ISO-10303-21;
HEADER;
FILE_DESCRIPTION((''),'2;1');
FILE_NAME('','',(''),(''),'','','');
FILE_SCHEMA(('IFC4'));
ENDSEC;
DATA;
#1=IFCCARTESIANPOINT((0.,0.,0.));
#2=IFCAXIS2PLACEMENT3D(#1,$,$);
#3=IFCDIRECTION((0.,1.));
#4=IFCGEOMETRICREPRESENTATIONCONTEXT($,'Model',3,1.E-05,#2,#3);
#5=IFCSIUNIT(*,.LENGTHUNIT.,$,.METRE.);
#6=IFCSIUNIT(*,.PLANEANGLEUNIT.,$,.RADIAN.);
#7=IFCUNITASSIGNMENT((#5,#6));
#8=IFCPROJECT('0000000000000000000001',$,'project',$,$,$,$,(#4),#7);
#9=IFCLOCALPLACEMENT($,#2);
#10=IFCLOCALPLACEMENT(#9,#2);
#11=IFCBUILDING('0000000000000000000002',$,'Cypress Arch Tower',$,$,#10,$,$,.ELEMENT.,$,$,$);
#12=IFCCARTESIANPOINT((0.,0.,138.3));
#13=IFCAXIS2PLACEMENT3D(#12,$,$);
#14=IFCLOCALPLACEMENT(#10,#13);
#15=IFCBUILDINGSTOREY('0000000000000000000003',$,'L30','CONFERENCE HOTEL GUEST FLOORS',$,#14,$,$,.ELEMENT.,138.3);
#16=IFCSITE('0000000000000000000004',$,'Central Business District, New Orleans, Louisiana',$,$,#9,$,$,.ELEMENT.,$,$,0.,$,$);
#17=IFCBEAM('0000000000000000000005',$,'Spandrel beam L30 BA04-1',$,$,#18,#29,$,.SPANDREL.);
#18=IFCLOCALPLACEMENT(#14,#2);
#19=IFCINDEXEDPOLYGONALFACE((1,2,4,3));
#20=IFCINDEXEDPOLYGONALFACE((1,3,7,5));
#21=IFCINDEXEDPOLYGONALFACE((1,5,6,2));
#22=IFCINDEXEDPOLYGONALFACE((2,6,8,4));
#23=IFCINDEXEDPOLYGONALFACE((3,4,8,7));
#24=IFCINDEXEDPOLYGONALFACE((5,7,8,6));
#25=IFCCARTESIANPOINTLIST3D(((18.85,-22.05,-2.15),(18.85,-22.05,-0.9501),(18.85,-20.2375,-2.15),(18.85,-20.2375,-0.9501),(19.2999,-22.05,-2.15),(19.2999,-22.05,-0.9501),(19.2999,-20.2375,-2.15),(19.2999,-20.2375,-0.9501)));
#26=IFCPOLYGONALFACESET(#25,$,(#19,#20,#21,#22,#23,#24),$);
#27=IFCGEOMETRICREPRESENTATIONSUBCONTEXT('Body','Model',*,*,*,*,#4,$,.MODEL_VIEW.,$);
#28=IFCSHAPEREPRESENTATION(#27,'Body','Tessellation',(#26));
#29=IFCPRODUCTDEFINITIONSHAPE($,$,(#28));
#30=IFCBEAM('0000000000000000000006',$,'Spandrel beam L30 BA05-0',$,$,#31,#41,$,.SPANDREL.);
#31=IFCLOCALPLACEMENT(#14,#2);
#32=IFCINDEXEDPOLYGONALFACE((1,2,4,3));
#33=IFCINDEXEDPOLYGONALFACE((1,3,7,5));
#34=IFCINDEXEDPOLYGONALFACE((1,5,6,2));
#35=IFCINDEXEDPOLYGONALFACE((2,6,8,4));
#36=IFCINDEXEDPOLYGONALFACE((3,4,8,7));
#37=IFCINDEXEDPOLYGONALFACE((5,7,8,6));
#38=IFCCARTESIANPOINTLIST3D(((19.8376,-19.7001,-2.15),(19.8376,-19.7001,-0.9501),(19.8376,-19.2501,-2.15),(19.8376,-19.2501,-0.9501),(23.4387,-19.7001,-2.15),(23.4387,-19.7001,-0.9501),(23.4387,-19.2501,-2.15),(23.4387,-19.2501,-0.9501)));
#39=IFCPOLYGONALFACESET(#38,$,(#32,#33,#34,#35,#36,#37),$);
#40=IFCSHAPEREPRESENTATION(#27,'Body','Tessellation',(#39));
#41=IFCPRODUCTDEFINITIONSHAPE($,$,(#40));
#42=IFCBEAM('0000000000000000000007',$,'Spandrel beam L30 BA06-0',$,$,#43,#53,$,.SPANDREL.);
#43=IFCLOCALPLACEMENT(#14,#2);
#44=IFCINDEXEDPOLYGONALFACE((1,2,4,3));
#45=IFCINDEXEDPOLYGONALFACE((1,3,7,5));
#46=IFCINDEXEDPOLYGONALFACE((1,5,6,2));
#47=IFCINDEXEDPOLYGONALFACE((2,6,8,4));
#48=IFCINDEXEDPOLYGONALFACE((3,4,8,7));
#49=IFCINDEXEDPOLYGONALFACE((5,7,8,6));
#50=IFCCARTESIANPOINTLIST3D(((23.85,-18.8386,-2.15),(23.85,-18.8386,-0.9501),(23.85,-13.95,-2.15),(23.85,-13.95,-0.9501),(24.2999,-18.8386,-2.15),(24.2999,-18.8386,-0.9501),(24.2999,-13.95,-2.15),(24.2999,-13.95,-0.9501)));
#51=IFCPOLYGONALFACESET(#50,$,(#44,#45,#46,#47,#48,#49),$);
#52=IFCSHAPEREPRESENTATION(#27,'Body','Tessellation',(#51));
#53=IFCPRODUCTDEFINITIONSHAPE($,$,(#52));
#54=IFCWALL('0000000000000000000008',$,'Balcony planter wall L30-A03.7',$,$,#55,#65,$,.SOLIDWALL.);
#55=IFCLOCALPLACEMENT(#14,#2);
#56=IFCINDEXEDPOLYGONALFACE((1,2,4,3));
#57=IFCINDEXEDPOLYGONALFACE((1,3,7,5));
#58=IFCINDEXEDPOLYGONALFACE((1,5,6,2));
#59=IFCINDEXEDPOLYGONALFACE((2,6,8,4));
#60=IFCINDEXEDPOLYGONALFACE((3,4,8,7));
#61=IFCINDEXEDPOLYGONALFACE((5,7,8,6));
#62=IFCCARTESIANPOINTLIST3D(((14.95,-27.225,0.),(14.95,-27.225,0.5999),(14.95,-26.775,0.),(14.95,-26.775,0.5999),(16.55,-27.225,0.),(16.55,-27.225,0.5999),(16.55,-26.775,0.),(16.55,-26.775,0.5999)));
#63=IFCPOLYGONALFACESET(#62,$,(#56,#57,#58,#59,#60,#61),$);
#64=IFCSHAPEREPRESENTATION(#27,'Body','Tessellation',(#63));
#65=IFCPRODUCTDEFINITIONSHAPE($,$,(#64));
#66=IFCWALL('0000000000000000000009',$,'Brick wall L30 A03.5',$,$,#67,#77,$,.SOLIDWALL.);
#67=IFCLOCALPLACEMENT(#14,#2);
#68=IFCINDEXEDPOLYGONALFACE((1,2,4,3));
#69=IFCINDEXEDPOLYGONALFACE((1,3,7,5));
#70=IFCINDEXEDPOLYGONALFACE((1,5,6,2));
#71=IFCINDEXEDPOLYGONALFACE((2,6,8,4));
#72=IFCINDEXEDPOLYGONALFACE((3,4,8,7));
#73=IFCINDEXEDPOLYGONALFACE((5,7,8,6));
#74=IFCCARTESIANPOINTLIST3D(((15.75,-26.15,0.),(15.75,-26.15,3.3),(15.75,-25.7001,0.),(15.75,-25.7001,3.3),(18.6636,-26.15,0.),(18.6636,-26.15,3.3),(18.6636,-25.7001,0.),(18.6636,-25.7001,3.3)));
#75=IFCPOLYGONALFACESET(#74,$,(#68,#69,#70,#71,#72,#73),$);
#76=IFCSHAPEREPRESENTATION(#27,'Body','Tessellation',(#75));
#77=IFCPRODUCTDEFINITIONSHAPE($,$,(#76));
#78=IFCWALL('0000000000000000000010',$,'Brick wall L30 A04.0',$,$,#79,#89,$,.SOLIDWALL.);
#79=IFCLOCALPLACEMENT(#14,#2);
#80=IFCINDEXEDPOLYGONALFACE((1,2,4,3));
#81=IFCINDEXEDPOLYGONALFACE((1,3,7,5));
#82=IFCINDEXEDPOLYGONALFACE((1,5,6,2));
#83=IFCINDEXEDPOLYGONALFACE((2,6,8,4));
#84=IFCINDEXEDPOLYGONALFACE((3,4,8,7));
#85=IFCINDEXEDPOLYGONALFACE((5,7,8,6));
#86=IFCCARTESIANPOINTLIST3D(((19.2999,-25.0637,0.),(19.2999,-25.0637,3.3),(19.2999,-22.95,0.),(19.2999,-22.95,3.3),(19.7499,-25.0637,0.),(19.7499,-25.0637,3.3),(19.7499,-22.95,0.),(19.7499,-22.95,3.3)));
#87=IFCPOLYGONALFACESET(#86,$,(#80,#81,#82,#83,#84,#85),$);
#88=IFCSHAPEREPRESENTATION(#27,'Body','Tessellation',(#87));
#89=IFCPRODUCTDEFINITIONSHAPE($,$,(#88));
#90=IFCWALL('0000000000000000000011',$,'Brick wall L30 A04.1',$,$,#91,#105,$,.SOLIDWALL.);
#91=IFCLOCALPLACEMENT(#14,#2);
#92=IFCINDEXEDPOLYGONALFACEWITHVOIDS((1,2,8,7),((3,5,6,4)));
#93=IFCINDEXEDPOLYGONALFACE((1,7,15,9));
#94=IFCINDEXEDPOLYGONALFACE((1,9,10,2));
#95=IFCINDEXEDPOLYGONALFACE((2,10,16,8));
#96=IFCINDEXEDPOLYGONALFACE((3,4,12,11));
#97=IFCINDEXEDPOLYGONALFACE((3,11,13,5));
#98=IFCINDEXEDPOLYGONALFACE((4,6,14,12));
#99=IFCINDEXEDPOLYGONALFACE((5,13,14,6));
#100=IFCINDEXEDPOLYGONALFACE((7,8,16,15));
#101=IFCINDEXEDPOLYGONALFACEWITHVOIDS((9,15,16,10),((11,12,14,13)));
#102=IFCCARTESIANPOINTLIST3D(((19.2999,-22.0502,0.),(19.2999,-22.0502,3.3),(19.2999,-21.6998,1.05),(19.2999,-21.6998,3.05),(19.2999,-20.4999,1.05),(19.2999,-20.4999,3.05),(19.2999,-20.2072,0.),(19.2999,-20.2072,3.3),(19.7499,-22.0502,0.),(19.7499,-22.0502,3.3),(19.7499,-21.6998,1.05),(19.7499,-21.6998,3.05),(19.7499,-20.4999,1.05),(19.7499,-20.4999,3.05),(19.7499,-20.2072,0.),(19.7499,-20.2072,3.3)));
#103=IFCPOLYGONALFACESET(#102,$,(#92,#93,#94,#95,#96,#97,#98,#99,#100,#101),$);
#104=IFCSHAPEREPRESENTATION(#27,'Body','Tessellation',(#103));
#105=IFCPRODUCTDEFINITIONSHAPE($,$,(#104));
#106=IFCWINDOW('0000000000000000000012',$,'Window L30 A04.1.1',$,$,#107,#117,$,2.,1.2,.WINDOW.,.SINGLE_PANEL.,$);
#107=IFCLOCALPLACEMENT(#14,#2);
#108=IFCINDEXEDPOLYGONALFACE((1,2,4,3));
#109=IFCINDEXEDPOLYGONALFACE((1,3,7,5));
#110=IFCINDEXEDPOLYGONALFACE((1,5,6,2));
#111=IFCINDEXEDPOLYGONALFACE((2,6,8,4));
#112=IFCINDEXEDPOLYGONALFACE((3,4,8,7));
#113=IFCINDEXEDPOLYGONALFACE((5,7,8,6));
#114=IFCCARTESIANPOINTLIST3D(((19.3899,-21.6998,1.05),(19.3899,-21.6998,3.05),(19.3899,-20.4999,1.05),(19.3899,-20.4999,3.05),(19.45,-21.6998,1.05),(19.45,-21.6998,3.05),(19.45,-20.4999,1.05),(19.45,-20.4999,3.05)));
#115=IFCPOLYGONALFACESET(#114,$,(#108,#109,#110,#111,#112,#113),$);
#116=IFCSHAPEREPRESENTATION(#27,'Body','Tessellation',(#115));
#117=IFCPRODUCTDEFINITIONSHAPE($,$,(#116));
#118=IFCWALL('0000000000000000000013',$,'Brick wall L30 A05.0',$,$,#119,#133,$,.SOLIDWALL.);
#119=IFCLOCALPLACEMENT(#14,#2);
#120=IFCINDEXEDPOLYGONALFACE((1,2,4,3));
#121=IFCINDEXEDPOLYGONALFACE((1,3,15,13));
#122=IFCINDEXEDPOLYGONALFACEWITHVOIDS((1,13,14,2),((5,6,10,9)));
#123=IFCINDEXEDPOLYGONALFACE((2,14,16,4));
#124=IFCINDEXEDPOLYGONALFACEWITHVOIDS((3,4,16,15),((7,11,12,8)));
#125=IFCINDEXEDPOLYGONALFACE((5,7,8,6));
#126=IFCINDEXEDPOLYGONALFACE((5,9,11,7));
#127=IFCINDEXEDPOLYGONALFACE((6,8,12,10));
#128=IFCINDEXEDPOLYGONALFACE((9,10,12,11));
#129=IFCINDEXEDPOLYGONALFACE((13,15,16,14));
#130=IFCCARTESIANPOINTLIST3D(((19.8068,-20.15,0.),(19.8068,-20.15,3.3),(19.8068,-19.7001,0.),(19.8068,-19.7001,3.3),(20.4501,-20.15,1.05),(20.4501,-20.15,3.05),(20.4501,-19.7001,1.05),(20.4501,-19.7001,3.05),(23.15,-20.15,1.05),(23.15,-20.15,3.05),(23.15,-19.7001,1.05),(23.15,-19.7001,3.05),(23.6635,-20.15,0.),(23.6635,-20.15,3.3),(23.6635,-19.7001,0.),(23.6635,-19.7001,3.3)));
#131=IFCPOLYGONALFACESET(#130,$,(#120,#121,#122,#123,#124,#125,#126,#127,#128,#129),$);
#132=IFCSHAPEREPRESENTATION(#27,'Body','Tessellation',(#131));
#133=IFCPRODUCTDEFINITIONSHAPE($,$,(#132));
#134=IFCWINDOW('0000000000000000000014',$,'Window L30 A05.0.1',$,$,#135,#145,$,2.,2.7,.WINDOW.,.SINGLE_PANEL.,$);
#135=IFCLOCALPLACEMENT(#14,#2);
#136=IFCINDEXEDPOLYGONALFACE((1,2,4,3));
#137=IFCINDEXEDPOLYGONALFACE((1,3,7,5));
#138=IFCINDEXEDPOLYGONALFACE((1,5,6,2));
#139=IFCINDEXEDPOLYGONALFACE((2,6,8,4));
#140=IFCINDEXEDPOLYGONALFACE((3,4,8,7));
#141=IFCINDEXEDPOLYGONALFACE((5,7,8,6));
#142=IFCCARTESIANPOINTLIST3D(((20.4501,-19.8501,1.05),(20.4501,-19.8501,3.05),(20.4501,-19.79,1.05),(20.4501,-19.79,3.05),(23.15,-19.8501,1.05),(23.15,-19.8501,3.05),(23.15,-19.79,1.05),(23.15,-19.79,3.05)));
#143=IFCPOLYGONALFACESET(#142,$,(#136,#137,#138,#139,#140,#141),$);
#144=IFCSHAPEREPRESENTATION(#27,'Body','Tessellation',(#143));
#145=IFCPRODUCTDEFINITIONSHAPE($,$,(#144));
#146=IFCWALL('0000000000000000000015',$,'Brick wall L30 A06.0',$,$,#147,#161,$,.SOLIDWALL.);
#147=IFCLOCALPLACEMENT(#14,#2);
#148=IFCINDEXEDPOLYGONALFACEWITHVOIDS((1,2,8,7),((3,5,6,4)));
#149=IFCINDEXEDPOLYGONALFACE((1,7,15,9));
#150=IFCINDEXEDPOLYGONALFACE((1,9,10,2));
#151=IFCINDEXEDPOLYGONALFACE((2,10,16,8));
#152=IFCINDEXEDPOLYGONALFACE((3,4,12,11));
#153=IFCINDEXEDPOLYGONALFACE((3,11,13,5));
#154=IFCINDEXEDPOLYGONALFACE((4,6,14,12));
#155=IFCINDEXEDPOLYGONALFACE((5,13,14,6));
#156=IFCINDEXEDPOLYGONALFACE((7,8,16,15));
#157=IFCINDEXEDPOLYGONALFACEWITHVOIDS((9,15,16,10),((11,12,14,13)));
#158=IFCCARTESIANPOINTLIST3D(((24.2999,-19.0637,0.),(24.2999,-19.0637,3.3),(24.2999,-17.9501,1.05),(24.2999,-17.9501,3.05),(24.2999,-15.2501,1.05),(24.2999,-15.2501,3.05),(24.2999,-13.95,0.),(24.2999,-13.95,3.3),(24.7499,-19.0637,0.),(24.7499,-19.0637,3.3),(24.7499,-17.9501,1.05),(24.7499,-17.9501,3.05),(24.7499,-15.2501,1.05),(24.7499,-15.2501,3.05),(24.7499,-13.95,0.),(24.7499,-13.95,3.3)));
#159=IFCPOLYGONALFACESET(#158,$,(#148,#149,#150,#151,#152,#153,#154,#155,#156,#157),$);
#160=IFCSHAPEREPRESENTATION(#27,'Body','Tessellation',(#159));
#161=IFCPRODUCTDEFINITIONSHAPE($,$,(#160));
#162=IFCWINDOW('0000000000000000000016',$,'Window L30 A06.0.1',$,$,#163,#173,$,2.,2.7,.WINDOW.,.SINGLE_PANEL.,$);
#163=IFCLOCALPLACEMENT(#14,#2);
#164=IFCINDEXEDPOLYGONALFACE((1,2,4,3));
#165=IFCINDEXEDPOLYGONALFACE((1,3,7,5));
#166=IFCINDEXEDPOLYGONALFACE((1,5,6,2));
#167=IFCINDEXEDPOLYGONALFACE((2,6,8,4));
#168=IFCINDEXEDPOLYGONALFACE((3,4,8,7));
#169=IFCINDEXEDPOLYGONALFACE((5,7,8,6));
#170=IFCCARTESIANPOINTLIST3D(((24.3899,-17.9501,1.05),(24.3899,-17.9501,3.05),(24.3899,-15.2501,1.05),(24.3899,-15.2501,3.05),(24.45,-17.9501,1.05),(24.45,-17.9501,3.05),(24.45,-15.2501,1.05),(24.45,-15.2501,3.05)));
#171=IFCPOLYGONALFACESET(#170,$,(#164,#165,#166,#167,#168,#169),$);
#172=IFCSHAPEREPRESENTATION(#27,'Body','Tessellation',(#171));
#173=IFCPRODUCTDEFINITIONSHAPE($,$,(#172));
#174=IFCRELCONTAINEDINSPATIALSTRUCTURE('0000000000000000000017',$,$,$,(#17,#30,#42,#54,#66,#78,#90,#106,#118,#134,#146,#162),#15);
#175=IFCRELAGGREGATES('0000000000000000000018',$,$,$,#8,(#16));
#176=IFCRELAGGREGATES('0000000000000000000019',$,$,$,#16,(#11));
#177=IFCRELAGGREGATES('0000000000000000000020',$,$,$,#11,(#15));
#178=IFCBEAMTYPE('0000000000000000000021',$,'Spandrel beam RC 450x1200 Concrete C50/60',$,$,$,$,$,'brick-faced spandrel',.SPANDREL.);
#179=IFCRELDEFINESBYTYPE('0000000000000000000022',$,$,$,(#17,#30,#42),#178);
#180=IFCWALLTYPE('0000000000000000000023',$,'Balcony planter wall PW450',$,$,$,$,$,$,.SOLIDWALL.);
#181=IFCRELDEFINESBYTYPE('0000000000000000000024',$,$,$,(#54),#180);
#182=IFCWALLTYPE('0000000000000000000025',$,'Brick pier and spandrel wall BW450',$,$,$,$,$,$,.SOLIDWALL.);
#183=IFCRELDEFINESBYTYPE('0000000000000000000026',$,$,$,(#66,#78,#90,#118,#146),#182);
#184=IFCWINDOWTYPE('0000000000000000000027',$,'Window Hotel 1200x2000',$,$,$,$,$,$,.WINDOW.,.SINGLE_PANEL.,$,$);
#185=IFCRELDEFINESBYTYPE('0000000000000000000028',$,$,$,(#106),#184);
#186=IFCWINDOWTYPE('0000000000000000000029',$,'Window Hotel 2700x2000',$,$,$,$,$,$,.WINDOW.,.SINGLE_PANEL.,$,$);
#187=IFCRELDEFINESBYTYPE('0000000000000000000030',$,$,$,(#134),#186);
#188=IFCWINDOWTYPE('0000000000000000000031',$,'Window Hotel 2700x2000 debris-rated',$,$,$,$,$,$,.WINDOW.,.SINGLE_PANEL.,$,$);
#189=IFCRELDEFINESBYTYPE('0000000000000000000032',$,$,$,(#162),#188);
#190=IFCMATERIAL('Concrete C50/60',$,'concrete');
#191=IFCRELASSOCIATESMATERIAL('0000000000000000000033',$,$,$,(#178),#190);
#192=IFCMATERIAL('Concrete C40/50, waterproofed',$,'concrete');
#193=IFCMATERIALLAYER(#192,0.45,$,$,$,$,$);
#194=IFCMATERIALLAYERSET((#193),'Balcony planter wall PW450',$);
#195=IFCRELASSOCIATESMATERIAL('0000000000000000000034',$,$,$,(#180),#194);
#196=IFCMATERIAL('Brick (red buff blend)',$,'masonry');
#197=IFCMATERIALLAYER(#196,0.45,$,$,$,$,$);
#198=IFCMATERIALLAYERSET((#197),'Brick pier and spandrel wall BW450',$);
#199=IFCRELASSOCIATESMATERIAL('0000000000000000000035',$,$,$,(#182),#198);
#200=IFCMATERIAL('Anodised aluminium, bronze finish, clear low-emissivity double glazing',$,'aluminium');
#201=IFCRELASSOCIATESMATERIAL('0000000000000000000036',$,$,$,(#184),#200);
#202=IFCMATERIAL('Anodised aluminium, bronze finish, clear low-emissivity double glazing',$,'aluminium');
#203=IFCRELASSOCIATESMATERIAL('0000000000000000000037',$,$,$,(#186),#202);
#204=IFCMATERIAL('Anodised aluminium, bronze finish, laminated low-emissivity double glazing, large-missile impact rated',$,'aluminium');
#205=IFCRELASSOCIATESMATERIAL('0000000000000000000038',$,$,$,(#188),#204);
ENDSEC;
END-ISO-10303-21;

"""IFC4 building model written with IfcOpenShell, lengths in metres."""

from ifc_helpers import new_model, si_unit, direction, frame, frame_2d, origin, origin_2d, place, context, subcontext, project, spatial, rectangle, extrude, material, layer, layer_set, material_profile, profile_set, type_object, element, fill, save


model = new_model("IFC4")

# Units and contexts
model_context = context("Model", 3, precision=1e-05, world=origin(), true_north=direction((0.0, 1.0)))
body_context = subcontext(model_context, "Body", "Model", "MODEL_VIEW")
ifc_project = project(units=[si_unit("LENGTHUNIT", "METRE"), si_unit("PLANEANGLEUNIT", "RADIAN")], contexts=[model_context])

# Site, building, storey
site_placement = place(None, origin())
site = spatial("IfcSite", under=ifc_project, at=site_placement, Name="Central Business District, New Orleans, Louisiana", CompositionType="ELEMENT", RefElevation=0.0)
building_placement = place(site_placement, origin())
building = spatial("IfcBuilding", under=site, at=building_placement, Name="Cypress Arch Tower", CompositionType="ELEMENT")
storey_placement = place(building_placement, frame((0.0, 0.0, 138.3)))
storey = spatial("IfcBuildingStorey", under=building, at=storey_placement, Name="L30", Description="CONFERENCE HOTEL GUEST FLOORS", CompositionType="ELEMENT", Elevation=138.3)

# Beams
ifc_material_1 = material(Name="Concrete C50/60", Category="concrete")
ifc_material_profile_1 = material_profile(ifc_material_1, rectangle(XDim=0.45, YDim=1.2, at=origin_2d()), Name="RC 450x1200")
ifc_profile_set_1 = profile_set([ifc_material_profile_1], Name="Concrete C50/60")
beam_type_1 = type_object("IfcBeamType", Name="Spandrel beam RC 450x1200 Concrete C50/60", ElementType="brick-faced spandrel", PredefinedType="SPANDREL", material=ifc_profile_set_1)
beam_1_placement = place(storey_placement, frame((19.075, -22.05, -1.55), z_axis=(0.0, 1.0, 0.0), x_axis=(-1.0, 0.0, 0.0)))
element("IfcBeam", 1, at=beam_1_placement, inside=storey, type_object=beam_type_1, Name="Spandrel beam L30 BA04-1", PredefinedType="SPANDREL", context=body_context, shape_type="SweptSolid", body=[
    extrude(rectangle(XDim=0.45, YDim=1.2, at=origin_2d()), origin(), (0.0, 0.0, 1.0), 1.8125),
])
beam_2_placement = place(storey_placement, frame((19.8376, -19.4751, -1.55), z_axis=(1.0, 0.0, 0.0), x_axis=(0.0, 1.0, 0.0)))
element("IfcBeam", 2, at=beam_2_placement, inside=storey, type_object=beam_type_1, Name="Spandrel beam L30 BA05-0", PredefinedType="SPANDREL", context=body_context, shape_type="SweptSolid", body=[
    extrude(rectangle(XDim=0.45, YDim=1.2, at=origin_2d()), origin(), (0.0, 0.0, 1.0), 3.6011),
])
beam_3_placement = place(storey_placement, frame((24.075, -18.8386, -1.55), z_axis=(0.0, 1.0, 0.0), x_axis=(-1.0, 0.0, 0.0)))
element("IfcBeam", 3, at=beam_3_placement, inside=storey, type_object=beam_type_1, Name="Spandrel beam L30 BA06-0", PredefinedType="SPANDREL", context=body_context, shape_type="SweptSolid", body=[
    extrude(rectangle(XDim=0.45, YDim=1.2, at=origin_2d()), origin(), (0.0, 0.0, 1.0), 4.8887),
])

# Walls
ifc_material_2 = material(Name="Concrete C40/50, waterproofed", Category="concrete")
ifc_layer_1 = layer(ifc_material_2, 0.45)
ifc_layer_set_1 = layer_set([ifc_layer_1], Name="Balcony planter wall PW450")
wall_type_1 = type_object("IfcWallType", Name="Balcony planter wall PW450", PredefinedType="SOLIDWALL", material=ifc_layer_set_1)
wall_1_placement = place(storey_placement, frame((14.95, -27.0, 0.0), z_axis=(0.0, 0.0, 1.0), x_axis=(1.0, 0.0, 0.0)))
element("IfcWall", 4, at=wall_1_placement, inside=storey, type_object=wall_type_1, Name="Balcony planter wall L30-A03.7", PredefinedType="SOLIDWALL", context=body_context, shape_type="SweptSolid", body=[
    extrude(rectangle(XDim=1.6001, YDim=0.45, at=frame_2d((0.8, 0.0))), origin(), (0.0, 0.0, 1.0), 0.5999),
])
ifc_material_3 = material(Name="Brick (red buff blend)", Category="masonry")
ifc_layer_2 = layer(ifc_material_3, 0.45)
ifc_layer_set_2 = layer_set([ifc_layer_2], Name="Brick pier and spandrel wall BW450")
wall_type_2 = type_object("IfcWallType", Name="Brick pier and spandrel wall BW450", PredefinedType="SOLIDWALL", material=ifc_layer_set_2)
wall_2_placement = place(storey_placement, frame((15.75, -25.925, 0.0), z_axis=(0.0, 0.0, 1.0), x_axis=(1.0, 0.0, 0.0)))
element("IfcWall", 5, at=wall_2_placement, inside=storey, type_object=wall_type_2, Name="Brick wall L30 A03.5", PredefinedType="SOLIDWALL", context=body_context, shape_type="SweptSolid", body=[
    extrude(rectangle(XDim=2.9136, YDim=0.45, at=frame_2d((1.4568, 0.0))), origin(), (0.0, 0.0, 1.0), 3.3),
])
wall_3_placement = place(storey_placement, frame((19.5249, -25.0637, 0.0), z_axis=(0.0, 0.0, 1.0), x_axis=(0.0, 1.0, 0.0)))
element("IfcWall", 6, at=wall_3_placement, inside=storey, type_object=wall_type_2, Name="Brick wall L30 A04.0", PredefinedType="SOLIDWALL", context=body_context, shape_type="SweptSolid", body=[
    extrude(rectangle(XDim=2.1138, YDim=0.45, at=frame_2d((1.0569, 0.0))), origin(), (0.0, 0.0, 1.0), 3.3),
])

# Walls, openings, windows
wall_4_placement = place(storey_placement, frame((19.5249, -22.05, 0.0), z_axis=(0.0, 0.0, 1.0), x_axis=(0.0, 1.0, 0.0)))
wall_4 = element("IfcWall", 7, at=wall_4_placement, inside=storey, type_object=wall_type_2, Name="Brick wall L30 A04.1", PredefinedType="SOLIDWALL", context=body_context, shape_type="SweptSolid", body=[
    extrude(rectangle(XDim=1.843, YDim=0.45, at=frame_2d((0.9214, 0.0))), origin(), (0.0, 0.0, 1.0), 3.3),
])
opening_1_placement = place(wall_4_placement, frame((0.3501, 0.0, 1.05)))
opening_1 = element("IfcOpeningElement", 8, at=opening_1_placement, cuts=wall_4, PredefinedType="OPENING", context=body_context, shape_type="SweptSolid", body=[
    extrude(rectangle(XDim=1.2, YDim=2.0, at=frame_2d((0.6001, 1.0))), frame((0.0, 0.2349, 0.0), z_axis=(0.0, -1.0, 0.0), x_axis=(1.0, 0.0, 0.0)), (0.0, 0.0, 1.0), 0.47),
])
ifc_material_4 = material(Name="Anodised aluminium, bronze finish, clear low-emissivity double glazing", Category="aluminium")
window_type_1 = type_object("IfcWindowType", Name="Window Hotel 1200x2000", PartitioningType="SINGLE_PANEL", PredefinedType="WINDOW", material=ifc_material_4)
window_1_placement = place(opening_1_placement, origin())
window_1 = element("IfcWindow", 9, at=window_1_placement, inside=storey, type_object=window_type_1, Name="Window L30 A04.1.1", OverallHeight=2.0, OverallWidth=1.2, PartitioningType="SINGLE_PANEL", PredefinedType="WINDOW", context=body_context, shape_type="SweptSolid", body=[
    extrude(rectangle(XDim=1.2, YDim=2.0, at=frame_2d((0.6001, 1.0))), frame((0.0, 0.135, 0.0), z_axis=(0.0, -1.0, 0.0), x_axis=(1.0, 0.0, 0.0)), (0.0, 0.0, 1.0), 0.0601),
])
fill(opening_1, window_1)
wall_5_placement = place(storey_placement, frame((19.8069, -19.925, 0.0), z_axis=(0.0, 0.0, 1.0), x_axis=(1.0, 0.0, 0.0)))
wall_5 = element("IfcWall", 10, at=wall_5_placement, inside=storey, type_object=wall_type_2, Name="Brick wall L30 A05.0", PredefinedType="SOLIDWALL", context=body_context, shape_type="SweptSolid", body=[
    extrude(rectangle(XDim=3.8567, YDim=0.45, at=frame_2d((1.9282, 0.0))), origin(), (0.0, 0.0, 1.0), 3.3),
])
opening_2_placement = place(wall_5_placement, frame((0.6431, 0.0, 1.05)))
opening_2 = element("IfcOpeningElement", 11, at=opening_2_placement, cuts=wall_5, PredefinedType="OPENING", context=body_context, shape_type="SweptSolid", body=[
    extrude(rectangle(XDim=2.7, YDim=2.0, at=frame_2d((1.3501, 1.0))), frame((0.0, 0.2349, 0.0), z_axis=(0.0, -1.0, 0.0), x_axis=(1.0, 0.0, 0.0)), (0.0, 0.0, 1.0), 0.47),
])
ifc_material_5 = material(Name="Anodised aluminium, bronze finish, clear low-emissivity double glazing", Category="aluminium")
window_type_2 = type_object("IfcWindowType", Name="Window Hotel 2700x2000", PartitioningType="SINGLE_PANEL", PredefinedType="WINDOW", material=ifc_material_5)
window_2_placement = place(opening_2_placement, origin())
window_2 = element("IfcWindow", 12, at=window_2_placement, inside=storey, type_object=window_type_2, Name="Window L30 A05.0.1", OverallHeight=2.0, OverallWidth=2.7, PartitioningType="SINGLE_PANEL", PredefinedType="WINDOW", context=body_context, shape_type="SweptSolid", body=[
    extrude(rectangle(XDim=2.7, YDim=2.0, at=frame_2d((1.3501, 1.0))), frame((0.0, 0.135, 0.0), z_axis=(0.0, -1.0, 0.0), x_axis=(1.0, 0.0, 0.0)), (0.0, 0.0, 1.0), 0.0601),
])
fill(opening_2, window_2)
wall_6_placement = place(storey_placement, frame((24.5249, -19.0637, 0.0), z_axis=(0.0, 0.0, 1.0), x_axis=(0.0, 1.0, 0.0)))
wall_6 = element("IfcWall", 13, at=wall_6_placement, inside=storey, type_object=wall_type_2, Name="Brick wall L30 A06.0", PredefinedType="SOLIDWALL", context=body_context, shape_type="SweptSolid", body=[
    extrude(rectangle(XDim=5.1138, YDim=0.45, at=frame_2d((2.5569, 0.0))), origin(), (0.0, 0.0, 1.0), 3.3),
])
opening_3_placement = place(wall_6_placement, frame((1.1135, 0.0, 1.05)))
opening_3 = element("IfcOpeningElement", 14, at=opening_3_placement, cuts=wall_6, PredefinedType="OPENING", context=body_context, shape_type="SweptSolid", body=[
    extrude(rectangle(XDim=2.7, YDim=2.0, at=frame_2d((1.3501, 1.0))), frame((0.0, 0.2349, 0.0), z_axis=(0.0, -1.0, 0.0), x_axis=(1.0, 0.0, 0.0)), (0.0, 0.0, 1.0), 0.47),
])
ifc_material_6 = material(Name="Anodised aluminium, bronze finish, laminated low-emissivity double glazing, large-missile impact rated", Category="aluminium")
window_type_3 = type_object("IfcWindowType", Name="Window Hotel 2700x2000 debris-rated", PartitioningType="SINGLE_PANEL", PredefinedType="WINDOW", material=ifc_material_6)
window_3_placement = place(opening_3_placement, origin())
window_3 = element("IfcWindow", 15, at=window_3_placement, inside=storey, type_object=window_type_3, Name="Window L30 A06.0.1", OverallHeight=2.0, OverallWidth=2.7, PartitioningType="SINGLE_PANEL", PredefinedType="WINDOW", context=body_context, shape_type="SweptSolid", body=[
    extrude(rectangle(XDim=2.7, YDim=2.0, at=frame_2d((1.3501, 1.0))), frame((0.0, 0.135, 0.0), z_axis=(0.0, -1.0, 0.0), x_axis=(1.0, 0.0, 0.0)), (0.0, 0.0, 1.0), 0.0601),
])
fill(opening_3, window_3)

save(model, "model.ifc")
